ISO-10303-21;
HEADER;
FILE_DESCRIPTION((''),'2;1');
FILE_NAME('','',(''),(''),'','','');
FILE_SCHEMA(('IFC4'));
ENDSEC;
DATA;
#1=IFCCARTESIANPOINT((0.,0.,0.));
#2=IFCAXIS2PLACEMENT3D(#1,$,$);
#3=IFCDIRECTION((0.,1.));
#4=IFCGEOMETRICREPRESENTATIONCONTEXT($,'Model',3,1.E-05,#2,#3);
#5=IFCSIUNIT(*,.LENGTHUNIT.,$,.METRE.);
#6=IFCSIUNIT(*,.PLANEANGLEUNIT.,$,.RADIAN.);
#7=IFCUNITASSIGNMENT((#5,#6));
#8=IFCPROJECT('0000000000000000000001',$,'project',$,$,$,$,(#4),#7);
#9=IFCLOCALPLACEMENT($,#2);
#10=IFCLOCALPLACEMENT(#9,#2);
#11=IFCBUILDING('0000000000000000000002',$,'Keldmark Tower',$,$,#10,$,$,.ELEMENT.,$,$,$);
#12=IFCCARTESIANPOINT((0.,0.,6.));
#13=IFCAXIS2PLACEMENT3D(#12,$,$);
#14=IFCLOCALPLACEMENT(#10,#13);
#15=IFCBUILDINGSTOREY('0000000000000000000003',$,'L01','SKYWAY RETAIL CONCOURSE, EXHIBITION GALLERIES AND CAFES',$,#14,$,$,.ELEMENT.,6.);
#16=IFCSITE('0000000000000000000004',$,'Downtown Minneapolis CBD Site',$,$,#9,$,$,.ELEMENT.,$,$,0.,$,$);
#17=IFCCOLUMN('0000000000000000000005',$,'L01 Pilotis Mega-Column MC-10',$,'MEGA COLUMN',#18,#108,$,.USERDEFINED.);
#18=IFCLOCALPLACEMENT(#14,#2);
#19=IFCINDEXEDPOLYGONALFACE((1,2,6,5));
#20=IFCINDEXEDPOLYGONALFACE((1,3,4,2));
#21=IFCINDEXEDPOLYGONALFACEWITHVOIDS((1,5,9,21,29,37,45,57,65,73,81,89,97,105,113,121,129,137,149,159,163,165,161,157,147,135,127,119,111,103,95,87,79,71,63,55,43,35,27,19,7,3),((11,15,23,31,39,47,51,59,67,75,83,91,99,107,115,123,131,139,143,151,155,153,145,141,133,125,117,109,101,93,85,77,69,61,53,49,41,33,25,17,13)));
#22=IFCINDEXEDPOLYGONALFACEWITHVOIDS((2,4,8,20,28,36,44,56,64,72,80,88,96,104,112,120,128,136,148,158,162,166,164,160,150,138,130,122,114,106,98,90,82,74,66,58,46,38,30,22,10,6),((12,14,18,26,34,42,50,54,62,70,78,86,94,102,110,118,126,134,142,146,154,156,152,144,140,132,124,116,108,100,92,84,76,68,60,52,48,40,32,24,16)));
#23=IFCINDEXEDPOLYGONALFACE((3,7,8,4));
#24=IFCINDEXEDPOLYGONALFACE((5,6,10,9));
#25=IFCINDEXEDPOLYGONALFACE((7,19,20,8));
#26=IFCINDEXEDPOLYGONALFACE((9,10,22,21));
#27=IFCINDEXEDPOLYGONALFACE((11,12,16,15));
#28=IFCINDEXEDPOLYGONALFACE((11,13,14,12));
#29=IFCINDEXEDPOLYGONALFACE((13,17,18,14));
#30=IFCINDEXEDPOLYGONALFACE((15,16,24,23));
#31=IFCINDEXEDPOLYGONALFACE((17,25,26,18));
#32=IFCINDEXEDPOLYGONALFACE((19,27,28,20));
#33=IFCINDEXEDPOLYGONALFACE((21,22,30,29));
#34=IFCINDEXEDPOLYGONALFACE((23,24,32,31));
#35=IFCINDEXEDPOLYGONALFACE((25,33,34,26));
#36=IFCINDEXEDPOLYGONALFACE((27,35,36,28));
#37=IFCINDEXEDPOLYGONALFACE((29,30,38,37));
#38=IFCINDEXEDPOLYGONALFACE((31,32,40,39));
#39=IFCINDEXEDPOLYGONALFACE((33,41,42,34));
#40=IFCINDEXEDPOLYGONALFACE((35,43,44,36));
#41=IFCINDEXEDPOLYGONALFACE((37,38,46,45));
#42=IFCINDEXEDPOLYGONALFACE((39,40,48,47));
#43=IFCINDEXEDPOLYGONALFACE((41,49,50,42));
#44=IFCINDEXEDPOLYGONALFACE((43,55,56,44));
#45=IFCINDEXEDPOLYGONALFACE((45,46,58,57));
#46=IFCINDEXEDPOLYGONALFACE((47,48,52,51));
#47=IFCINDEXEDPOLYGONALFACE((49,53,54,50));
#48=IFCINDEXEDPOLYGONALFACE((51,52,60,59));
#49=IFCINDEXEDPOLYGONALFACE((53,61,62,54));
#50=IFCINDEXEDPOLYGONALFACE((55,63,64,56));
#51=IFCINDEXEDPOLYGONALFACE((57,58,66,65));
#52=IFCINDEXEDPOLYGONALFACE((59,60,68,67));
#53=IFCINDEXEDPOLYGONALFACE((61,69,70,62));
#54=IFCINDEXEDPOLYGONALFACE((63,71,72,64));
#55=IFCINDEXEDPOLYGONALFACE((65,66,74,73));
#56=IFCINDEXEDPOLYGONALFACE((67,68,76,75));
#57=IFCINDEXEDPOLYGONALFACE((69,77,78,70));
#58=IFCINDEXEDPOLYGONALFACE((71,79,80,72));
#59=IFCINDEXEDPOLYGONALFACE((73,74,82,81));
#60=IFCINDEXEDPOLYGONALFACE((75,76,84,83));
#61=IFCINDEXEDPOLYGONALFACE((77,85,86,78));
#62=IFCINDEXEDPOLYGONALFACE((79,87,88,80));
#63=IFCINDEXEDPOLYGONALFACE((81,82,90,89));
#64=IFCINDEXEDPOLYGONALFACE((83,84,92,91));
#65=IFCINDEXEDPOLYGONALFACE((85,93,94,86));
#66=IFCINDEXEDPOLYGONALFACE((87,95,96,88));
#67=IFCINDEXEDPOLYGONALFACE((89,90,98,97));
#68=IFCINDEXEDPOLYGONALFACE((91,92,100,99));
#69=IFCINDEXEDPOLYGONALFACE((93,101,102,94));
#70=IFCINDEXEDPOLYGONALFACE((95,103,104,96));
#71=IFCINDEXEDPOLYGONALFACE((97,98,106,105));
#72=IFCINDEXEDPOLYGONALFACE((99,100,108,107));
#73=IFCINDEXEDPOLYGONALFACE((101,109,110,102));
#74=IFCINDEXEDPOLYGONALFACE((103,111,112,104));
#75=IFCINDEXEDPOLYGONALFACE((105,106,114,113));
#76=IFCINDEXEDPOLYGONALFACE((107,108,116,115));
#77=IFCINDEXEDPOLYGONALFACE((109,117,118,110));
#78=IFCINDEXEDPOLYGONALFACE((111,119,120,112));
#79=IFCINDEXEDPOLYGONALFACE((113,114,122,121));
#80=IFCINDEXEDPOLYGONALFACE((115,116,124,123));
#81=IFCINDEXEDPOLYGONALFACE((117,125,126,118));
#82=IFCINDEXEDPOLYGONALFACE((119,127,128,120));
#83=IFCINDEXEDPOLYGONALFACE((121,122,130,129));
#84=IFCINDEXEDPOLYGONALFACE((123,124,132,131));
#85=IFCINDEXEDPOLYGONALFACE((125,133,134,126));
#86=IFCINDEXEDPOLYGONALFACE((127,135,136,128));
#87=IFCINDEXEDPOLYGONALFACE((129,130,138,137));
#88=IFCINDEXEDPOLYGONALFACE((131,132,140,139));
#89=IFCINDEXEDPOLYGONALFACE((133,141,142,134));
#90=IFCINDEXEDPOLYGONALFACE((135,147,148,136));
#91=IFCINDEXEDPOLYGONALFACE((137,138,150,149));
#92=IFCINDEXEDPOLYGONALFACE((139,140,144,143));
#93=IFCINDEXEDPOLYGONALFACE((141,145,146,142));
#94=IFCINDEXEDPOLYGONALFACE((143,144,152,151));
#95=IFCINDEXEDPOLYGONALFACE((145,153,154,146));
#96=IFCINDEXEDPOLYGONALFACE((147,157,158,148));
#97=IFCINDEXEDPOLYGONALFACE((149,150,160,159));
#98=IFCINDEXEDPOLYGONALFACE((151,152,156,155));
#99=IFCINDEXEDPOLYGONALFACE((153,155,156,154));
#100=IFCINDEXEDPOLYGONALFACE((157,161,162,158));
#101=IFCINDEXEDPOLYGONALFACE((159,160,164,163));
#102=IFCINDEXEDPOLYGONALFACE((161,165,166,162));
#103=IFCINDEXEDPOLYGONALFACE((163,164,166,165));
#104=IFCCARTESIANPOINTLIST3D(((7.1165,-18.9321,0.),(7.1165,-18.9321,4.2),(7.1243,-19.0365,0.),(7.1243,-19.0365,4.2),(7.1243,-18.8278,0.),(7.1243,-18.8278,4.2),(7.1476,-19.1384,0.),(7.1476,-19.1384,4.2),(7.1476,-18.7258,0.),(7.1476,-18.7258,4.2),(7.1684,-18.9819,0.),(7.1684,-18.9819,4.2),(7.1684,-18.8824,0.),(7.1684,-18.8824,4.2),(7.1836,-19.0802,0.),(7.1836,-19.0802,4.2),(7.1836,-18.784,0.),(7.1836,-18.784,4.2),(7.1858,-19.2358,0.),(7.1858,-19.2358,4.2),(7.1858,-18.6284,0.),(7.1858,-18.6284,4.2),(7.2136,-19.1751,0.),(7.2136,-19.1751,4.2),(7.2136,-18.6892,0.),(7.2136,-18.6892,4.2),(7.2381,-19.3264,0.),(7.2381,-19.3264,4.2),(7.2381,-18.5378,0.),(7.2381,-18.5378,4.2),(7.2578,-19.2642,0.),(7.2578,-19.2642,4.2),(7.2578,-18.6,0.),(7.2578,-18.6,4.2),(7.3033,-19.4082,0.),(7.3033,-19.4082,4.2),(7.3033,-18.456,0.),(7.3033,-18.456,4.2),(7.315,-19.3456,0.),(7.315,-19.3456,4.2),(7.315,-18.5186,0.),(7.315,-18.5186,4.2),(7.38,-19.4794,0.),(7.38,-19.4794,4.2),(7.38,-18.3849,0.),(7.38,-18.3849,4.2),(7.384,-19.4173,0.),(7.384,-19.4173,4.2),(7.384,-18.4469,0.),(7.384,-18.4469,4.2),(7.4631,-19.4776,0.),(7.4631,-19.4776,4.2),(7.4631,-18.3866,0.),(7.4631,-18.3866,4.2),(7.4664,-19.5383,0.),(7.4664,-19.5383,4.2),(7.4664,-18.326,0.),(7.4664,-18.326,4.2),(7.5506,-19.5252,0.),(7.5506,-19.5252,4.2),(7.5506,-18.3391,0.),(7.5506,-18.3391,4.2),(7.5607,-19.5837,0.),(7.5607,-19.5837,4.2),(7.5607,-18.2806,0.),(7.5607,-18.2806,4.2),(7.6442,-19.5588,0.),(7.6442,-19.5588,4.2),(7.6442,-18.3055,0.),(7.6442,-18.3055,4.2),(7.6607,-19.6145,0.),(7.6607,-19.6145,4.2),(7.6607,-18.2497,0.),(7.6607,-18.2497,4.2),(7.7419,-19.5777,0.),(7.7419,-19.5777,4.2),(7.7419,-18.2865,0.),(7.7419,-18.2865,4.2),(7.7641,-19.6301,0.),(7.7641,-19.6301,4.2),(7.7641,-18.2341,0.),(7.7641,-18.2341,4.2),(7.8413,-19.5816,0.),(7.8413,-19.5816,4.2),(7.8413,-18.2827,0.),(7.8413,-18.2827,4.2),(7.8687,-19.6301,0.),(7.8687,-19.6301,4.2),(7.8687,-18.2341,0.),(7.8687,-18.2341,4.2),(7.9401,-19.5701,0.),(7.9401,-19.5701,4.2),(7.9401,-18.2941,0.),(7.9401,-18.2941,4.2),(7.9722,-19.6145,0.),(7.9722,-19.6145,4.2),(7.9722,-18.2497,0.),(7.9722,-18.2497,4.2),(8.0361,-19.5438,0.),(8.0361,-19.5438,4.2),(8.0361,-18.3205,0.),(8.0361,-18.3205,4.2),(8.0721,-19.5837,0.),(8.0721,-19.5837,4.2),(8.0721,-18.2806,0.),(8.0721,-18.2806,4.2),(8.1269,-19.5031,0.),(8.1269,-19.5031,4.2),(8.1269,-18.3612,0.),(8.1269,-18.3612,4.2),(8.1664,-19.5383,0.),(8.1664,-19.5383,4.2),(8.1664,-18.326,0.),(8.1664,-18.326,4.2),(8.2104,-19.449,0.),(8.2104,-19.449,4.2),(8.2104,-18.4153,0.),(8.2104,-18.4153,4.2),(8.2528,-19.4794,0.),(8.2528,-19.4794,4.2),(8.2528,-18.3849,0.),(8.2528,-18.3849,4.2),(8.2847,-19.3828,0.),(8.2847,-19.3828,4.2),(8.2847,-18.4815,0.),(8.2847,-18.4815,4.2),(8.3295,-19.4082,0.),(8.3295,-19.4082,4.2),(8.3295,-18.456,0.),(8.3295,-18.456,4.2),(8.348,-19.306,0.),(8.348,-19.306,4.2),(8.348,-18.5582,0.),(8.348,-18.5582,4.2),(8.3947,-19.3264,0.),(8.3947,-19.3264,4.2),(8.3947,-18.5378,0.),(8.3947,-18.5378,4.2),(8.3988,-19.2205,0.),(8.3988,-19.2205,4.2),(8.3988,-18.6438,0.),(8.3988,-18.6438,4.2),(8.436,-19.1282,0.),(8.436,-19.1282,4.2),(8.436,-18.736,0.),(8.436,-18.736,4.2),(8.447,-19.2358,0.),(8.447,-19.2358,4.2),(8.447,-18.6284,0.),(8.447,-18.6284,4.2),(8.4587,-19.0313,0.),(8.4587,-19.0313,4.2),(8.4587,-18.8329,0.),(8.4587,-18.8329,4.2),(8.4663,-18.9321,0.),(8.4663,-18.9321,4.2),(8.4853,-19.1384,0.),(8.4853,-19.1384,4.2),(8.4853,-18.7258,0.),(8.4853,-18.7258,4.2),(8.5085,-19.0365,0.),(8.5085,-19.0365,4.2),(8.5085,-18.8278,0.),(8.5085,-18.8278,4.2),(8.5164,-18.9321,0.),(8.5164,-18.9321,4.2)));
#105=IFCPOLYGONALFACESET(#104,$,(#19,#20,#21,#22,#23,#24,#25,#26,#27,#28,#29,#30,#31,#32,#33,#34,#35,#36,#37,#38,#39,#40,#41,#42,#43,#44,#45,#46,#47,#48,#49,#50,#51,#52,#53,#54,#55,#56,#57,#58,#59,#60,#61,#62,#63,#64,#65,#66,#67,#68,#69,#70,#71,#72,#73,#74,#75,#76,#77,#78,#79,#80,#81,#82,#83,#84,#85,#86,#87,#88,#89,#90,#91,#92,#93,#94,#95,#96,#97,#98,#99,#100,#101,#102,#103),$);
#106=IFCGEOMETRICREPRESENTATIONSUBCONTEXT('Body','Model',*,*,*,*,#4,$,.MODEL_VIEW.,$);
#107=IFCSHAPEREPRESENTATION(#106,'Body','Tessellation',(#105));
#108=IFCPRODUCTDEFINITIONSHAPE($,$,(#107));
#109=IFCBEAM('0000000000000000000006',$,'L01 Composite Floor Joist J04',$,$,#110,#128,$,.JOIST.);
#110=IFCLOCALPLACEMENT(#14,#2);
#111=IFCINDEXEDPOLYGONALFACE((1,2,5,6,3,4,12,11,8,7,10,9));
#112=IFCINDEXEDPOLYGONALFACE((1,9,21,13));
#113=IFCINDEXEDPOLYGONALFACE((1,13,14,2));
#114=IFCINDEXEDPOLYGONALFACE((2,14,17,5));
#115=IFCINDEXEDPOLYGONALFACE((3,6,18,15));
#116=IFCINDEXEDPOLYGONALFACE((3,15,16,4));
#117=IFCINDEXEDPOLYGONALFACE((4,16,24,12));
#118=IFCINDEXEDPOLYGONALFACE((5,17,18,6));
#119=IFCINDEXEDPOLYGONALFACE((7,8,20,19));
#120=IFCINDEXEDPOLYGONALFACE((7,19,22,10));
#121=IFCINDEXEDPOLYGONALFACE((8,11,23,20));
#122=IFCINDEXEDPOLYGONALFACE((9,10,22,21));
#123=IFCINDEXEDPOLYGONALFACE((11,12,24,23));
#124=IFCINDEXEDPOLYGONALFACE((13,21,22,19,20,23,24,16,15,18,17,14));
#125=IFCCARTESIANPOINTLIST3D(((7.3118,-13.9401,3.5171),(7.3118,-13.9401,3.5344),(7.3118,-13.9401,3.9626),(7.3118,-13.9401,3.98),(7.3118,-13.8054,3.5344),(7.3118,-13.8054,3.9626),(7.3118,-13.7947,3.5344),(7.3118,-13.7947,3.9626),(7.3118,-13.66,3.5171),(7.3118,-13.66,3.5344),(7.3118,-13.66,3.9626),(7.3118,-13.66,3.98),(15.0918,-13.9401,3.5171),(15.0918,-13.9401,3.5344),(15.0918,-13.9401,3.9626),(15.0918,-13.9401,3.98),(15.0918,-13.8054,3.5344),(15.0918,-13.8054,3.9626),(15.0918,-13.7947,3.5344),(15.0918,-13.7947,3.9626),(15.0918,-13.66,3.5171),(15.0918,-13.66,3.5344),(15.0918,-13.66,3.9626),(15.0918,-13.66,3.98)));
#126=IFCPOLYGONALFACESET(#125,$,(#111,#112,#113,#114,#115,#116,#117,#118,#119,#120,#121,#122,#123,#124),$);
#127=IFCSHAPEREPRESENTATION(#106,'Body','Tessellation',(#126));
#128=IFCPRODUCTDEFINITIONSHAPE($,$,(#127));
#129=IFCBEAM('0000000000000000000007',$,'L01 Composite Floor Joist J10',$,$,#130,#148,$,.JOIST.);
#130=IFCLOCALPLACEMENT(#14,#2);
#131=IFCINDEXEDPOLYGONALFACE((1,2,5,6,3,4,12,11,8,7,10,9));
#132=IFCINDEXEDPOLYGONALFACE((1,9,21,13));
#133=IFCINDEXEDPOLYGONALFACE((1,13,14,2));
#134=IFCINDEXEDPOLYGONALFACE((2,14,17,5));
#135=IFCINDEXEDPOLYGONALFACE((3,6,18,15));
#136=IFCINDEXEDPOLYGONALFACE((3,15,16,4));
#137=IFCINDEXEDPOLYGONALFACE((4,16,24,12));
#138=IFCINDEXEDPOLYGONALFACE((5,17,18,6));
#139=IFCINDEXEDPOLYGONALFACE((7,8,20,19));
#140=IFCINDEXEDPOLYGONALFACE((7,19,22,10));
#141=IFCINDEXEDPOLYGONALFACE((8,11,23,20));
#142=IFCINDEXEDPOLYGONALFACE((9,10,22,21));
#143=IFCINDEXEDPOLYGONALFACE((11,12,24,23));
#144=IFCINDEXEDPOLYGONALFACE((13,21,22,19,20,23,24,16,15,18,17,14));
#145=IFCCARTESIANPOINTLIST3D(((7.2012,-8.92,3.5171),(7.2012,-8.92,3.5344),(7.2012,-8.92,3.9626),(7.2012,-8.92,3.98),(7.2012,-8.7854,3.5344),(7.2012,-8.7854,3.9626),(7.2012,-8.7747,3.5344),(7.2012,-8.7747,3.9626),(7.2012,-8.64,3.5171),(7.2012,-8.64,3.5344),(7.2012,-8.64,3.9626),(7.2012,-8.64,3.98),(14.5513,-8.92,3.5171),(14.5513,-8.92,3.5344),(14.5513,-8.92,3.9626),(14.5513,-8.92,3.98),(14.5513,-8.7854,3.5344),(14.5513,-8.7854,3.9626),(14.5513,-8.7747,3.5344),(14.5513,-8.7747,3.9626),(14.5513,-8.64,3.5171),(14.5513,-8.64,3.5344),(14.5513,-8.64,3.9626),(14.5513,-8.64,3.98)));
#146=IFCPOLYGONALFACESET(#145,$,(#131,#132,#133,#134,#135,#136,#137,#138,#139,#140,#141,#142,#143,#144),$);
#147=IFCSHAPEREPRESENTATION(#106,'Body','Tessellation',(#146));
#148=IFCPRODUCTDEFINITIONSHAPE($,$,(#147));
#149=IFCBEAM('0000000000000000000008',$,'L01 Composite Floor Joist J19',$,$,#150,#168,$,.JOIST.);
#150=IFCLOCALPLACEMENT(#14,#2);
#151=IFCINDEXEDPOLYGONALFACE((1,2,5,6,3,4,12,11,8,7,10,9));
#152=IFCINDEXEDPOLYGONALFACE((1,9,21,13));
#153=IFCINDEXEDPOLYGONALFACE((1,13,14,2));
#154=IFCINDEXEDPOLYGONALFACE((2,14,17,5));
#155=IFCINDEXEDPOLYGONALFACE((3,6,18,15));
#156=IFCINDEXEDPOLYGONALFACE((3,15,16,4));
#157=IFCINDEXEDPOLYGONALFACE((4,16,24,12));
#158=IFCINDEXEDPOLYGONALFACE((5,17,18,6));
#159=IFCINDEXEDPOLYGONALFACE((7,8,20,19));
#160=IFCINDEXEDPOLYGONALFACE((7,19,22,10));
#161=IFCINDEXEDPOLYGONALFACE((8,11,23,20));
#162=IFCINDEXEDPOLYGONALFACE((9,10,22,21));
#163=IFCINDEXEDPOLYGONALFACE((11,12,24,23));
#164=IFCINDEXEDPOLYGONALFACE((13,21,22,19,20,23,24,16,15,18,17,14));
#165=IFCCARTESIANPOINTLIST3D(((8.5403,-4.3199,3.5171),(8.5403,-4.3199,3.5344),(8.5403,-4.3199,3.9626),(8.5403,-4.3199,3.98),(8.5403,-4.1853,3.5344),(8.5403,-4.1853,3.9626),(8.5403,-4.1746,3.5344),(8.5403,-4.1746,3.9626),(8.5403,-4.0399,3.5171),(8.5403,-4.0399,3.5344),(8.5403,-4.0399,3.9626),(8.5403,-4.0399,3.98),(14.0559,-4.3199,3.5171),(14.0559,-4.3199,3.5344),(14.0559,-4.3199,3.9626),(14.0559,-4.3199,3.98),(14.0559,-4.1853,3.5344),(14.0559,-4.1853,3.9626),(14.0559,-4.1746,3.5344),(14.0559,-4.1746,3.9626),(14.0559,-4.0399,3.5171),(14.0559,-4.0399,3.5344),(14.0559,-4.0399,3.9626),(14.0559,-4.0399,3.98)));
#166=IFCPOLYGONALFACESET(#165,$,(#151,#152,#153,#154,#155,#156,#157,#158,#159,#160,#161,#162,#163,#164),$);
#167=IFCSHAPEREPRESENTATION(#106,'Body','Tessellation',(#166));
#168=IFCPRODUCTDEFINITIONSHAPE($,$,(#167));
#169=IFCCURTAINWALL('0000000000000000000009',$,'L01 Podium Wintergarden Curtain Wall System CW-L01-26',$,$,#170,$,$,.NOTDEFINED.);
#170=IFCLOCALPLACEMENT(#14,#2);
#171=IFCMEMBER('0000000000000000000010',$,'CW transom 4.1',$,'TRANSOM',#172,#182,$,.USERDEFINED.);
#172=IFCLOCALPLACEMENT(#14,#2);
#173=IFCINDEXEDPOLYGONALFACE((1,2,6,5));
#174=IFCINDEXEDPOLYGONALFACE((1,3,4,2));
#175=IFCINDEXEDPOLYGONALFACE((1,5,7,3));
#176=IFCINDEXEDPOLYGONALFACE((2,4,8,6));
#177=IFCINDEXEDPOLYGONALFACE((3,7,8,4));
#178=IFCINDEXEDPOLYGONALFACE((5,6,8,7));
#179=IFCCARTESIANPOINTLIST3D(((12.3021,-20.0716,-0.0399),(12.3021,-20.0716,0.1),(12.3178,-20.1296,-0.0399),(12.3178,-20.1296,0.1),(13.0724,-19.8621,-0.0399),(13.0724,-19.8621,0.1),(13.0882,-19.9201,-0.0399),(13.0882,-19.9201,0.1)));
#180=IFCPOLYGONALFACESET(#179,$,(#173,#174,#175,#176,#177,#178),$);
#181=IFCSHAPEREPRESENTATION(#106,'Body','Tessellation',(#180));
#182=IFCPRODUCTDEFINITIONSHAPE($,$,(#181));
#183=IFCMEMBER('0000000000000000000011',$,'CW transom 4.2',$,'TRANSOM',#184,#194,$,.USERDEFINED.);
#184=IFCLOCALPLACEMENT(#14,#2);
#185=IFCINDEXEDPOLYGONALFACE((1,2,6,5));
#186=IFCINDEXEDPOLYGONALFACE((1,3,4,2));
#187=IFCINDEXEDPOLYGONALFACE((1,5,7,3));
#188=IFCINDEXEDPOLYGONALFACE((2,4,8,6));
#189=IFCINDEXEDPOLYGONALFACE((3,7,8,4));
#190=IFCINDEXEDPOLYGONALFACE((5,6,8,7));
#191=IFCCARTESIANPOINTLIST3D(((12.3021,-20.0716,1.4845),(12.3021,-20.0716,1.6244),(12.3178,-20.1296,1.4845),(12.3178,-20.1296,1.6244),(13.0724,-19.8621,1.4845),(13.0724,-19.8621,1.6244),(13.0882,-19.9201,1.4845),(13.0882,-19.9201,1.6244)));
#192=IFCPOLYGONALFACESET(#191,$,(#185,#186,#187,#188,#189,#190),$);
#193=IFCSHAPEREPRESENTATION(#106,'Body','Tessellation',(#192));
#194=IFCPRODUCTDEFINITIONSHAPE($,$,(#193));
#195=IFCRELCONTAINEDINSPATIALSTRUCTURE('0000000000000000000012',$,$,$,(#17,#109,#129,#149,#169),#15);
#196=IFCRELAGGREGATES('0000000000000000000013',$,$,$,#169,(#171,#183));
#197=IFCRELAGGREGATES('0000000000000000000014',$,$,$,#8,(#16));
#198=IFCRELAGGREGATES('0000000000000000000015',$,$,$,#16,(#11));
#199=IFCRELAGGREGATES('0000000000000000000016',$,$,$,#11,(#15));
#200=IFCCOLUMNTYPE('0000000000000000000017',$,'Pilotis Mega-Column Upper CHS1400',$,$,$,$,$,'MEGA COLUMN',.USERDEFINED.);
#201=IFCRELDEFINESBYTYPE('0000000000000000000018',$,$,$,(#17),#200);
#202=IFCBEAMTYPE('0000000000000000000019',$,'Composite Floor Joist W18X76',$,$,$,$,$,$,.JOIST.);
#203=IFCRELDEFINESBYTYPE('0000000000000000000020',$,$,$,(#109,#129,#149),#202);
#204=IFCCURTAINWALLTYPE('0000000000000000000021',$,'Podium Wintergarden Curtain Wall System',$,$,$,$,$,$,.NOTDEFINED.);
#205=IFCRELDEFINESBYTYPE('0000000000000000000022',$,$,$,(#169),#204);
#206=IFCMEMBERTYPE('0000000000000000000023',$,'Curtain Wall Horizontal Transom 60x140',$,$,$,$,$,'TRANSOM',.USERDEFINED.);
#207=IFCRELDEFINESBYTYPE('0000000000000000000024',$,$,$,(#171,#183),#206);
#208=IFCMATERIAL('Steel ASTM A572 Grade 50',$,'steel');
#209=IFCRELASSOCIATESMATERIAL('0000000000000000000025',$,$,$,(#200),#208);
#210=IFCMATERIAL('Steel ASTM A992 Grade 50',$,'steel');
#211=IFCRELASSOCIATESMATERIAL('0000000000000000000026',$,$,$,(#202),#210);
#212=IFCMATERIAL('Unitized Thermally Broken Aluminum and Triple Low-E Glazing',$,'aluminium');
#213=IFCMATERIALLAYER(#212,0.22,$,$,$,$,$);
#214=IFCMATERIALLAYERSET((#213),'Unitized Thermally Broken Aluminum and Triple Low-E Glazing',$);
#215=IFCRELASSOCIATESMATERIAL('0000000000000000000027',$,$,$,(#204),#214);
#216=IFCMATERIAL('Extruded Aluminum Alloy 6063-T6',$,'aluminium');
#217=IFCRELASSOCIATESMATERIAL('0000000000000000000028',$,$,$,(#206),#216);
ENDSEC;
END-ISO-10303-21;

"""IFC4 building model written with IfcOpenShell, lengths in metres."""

from ifc_helpers import new_model, si_unit, direction, frame, origin, origin_2d, place, context, subcontext, project, spatial, rectangle, hollow_circle, i_section, extrude, material, layer, layer_set, material_profile, profile_set, type_object, element, aggregate, save


model = new_model("IFC4")

# Units and contexts
model_context = context("Model", 3, precision=1e-05, world=origin(), true_north=direction((0.0, 1.0)))
body_context = subcontext(model_context, "Body", "Model", "MODEL_VIEW")
ifc_project = project(units=[si_unit("LENGTHUNIT", "METRE"), si_unit("PLANEANGLEUNIT", "RADIAN")], contexts=[model_context])

# Site, building, storey
site_placement = place(None, origin())
site = spatial("IfcSite", under=ifc_project, at=site_placement, Name="Downtown Minneapolis CBD Site", CompositionType="ELEMENT", RefElevation=0.0)
building_placement = place(site_placement, origin())
building = spatial("IfcBuilding", under=site, at=building_placement, Name="Keldmark Tower", CompositionType="ELEMENT")
storey_placement = place(building_placement, frame((0.0, 0.0, 6.0)))
storey = spatial("IfcBuildingStorey", under=building, at=storey_placement, Name="L01", Description="SKYWAY RETAIL CONCOURSE, EXHIBITION GALLERIES AND CAFES", CompositionType="ELEMENT", Elevation=6.0)

# Column
ifc_material_1 = material(Name="Steel ASTM A572 Grade 50", Category="steel")
ifc_material_profile_1 = material_profile(ifc_material_1, hollow_circle(Radius=0.7, WallThickness=0.05, at=origin_2d()), Name="CHS1400X50")
ifc_profile_set_1 = profile_set([ifc_material_profile_1], Name="Steel ASTM A572 Grade 50")
column_type = type_object("IfcColumnType", Name="Pilotis Mega-Column Upper CHS1400", ElementType="MEGA COLUMN", PredefinedType="USERDEFINED", material=ifc_profile_set_1)
column_placement = place(storey_placement, frame((7.8164, -18.9321, 0.0), z_axis=(0.0, 0.0, 1.0), x_axis=(1.0, 0.0, 0.0)))
element("IfcColumn", 1, at=column_placement, inside=storey, type_object=column_type, Name="L01 Pilotis Mega-Column MC-10", ObjectType="MEGA COLUMN", PredefinedType="USERDEFINED", context=body_context, shape_type="SweptSolid", body=[
    extrude(hollow_circle(Radius=0.7, WallThickness=0.05, at=origin_2d()), origin(), (0.0, 0.0, 1.0), 4.2),
])

# Beams
ifc_material_2 = material(Name="Steel ASTM A992 Grade 50", Category="steel")
ifc_material_profile_2 = material_profile(ifc_material_2, i_section(OverallWidth=0.28, OverallDepth=0.4629, WebThickness=0.0107, FlangeThickness=0.0173, at=origin_2d()), Name="W18X76")
ifc_profile_set_2 = profile_set([ifc_material_profile_2], Name="Steel ASTM A992 Grade 50")
beam_type_1 = type_object("IfcBeamType", Name="Composite Floor Joist W18X76", PredefinedType="JOIST", material=ifc_profile_set_2)
beam_1_placement = place(storey_placement, frame((7.3118, -13.8, 3.7485), z_axis=(1.0, 0.0, 0.0), x_axis=(0.0, 1.0, 0.0)))
element("IfcBeam", 2, at=beam_1_placement, inside=storey, type_object=beam_type_1, Name="L01 Composite Floor Joist J04", PredefinedType="JOIST", context=body_context, shape_type="SweptSolid", body=[
    extrude(i_section(OverallWidth=0.28, OverallDepth=0.4629, WebThickness=0.0107, FlangeThickness=0.0173, at=origin_2d()), origin(), (0.0, 0.0, 1.0), 7.78),
])
beam_2_placement = place(storey_placement, frame((7.2012, -8.78, 3.7485), z_axis=(1.0, 0.0, 0.0), x_axis=(0.0, 1.0, 0.0)))
element("IfcBeam", 3, at=beam_2_placement, inside=storey, type_object=beam_type_1, Name="L01 Composite Floor Joist J10", PredefinedType="JOIST", context=body_context, shape_type="SweptSolid", body=[
    extrude(i_section(OverallWidth=0.28, OverallDepth=0.4629, WebThickness=0.0107, FlangeThickness=0.0173, at=origin_2d()), origin(), (0.0, 0.0, 1.0), 7.3501),
])
beam_3_placement = place(storey_placement, frame((8.5403, -4.1799, 3.7485), z_axis=(1.0, 0.0, 0.0), x_axis=(0.0, 1.0, 0.0)))
element("IfcBeam", 4, at=beam_3_placement, inside=storey, type_object=beam_type_1, Name="L01 Composite Floor Joist J19", PredefinedType="JOIST", context=body_context, shape_type="SweptSolid", body=[
    extrude(i_section(OverallWidth=0.28, OverallDepth=0.4629, WebThickness=0.0107, FlangeThickness=0.0173, at=origin_2d()), origin(), (0.0, 0.0, 1.0), 5.5156),
])

# Curtain wall, members
ifc_material_3 = material(Name="Unitized Thermally Broken Aluminum and Triple Low-E Glazing", Category="aluminium")
ifc_layer_1 = layer(ifc_material_3, 0.22)
ifc_layer_set_1 = layer_set([ifc_layer_1], Name="Unitized Thermally Broken Aluminum and Triple Low-E Glazing")
curtain_wall_type = type_object("IfcCurtainWallType", Name="Podium Wintergarden Curtain Wall System", PredefinedType="NOTDEFINED", material=ifc_layer_set_1)
curtain_wall_placement = place(storey_placement, origin())
curtain_wall = element("IfcCurtainWall", 5, at=curtain_wall_placement, inside=storey, type_object=curtain_wall_type, Name="L01 Podium Wintergarden Curtain Wall System CW-L01-26", PredefinedType="NOTDEFINED")
ifc_material_4 = material(Name="Extruded Aluminum Alloy 6063-T6", Category="aluminium")
ifc_material_profile_3 = material_profile(ifc_material_4, rectangle(XDim=0.0601, YDim=0.1399, at=origin_2d()), Name="CWT60X140")
ifc_profile_set_3 = profile_set([ifc_material_profile_3], Name="Extruded Aluminum Alloy 6063-T6")
member_type_1 = type_object("IfcMemberType", Name="Curtain Wall Horizontal Transom 60x140", ElementType="TRANSOM", PredefinedType="USERDEFINED", material=ifc_profile_set_3)
member_1_placement = place(storey_placement, frame((13.0803, -19.8911, 0.03), z_axis=(-0.964954, -0.262419, 0.0), x_axis=(0.262419, -0.964954, 0.0)))
member_1 = element("IfcMember", 6, at=member_1_placement, type_object=member_type_1, Name="CW transom 4.1", ObjectType="TRANSOM", PredefinedType="USERDEFINED", context=body_context, shape_type="SweptSolid", body=[
    extrude(rectangle(XDim=0.0601, YDim=0.1399, at=origin_2d()), origin(), (0.0, 0.0, 1.0), 0.7983),
])
member_2_placement = place(storey_placement, frame((13.0803, -19.8911, 1.5544), z_axis=(-0.964954, -0.262419, 0.0), x_axis=(0.262419, -0.964954, 0.0)))
member_2 = element("IfcMember", 7, at=member_2_placement, type_object=member_type_1, Name="CW transom 4.2", ObjectType="TRANSOM", PredefinedType="USERDEFINED", context=body_context, shape_type="SweptSolid", body=[
    extrude(rectangle(XDim=0.0601, YDim=0.1399, at=origin_2d()), origin(), (0.0, 0.0, 1.0), 0.7983),
])

aggregate(curtain_wall, [member_1, member_2])

save(model, "model.ifc")
